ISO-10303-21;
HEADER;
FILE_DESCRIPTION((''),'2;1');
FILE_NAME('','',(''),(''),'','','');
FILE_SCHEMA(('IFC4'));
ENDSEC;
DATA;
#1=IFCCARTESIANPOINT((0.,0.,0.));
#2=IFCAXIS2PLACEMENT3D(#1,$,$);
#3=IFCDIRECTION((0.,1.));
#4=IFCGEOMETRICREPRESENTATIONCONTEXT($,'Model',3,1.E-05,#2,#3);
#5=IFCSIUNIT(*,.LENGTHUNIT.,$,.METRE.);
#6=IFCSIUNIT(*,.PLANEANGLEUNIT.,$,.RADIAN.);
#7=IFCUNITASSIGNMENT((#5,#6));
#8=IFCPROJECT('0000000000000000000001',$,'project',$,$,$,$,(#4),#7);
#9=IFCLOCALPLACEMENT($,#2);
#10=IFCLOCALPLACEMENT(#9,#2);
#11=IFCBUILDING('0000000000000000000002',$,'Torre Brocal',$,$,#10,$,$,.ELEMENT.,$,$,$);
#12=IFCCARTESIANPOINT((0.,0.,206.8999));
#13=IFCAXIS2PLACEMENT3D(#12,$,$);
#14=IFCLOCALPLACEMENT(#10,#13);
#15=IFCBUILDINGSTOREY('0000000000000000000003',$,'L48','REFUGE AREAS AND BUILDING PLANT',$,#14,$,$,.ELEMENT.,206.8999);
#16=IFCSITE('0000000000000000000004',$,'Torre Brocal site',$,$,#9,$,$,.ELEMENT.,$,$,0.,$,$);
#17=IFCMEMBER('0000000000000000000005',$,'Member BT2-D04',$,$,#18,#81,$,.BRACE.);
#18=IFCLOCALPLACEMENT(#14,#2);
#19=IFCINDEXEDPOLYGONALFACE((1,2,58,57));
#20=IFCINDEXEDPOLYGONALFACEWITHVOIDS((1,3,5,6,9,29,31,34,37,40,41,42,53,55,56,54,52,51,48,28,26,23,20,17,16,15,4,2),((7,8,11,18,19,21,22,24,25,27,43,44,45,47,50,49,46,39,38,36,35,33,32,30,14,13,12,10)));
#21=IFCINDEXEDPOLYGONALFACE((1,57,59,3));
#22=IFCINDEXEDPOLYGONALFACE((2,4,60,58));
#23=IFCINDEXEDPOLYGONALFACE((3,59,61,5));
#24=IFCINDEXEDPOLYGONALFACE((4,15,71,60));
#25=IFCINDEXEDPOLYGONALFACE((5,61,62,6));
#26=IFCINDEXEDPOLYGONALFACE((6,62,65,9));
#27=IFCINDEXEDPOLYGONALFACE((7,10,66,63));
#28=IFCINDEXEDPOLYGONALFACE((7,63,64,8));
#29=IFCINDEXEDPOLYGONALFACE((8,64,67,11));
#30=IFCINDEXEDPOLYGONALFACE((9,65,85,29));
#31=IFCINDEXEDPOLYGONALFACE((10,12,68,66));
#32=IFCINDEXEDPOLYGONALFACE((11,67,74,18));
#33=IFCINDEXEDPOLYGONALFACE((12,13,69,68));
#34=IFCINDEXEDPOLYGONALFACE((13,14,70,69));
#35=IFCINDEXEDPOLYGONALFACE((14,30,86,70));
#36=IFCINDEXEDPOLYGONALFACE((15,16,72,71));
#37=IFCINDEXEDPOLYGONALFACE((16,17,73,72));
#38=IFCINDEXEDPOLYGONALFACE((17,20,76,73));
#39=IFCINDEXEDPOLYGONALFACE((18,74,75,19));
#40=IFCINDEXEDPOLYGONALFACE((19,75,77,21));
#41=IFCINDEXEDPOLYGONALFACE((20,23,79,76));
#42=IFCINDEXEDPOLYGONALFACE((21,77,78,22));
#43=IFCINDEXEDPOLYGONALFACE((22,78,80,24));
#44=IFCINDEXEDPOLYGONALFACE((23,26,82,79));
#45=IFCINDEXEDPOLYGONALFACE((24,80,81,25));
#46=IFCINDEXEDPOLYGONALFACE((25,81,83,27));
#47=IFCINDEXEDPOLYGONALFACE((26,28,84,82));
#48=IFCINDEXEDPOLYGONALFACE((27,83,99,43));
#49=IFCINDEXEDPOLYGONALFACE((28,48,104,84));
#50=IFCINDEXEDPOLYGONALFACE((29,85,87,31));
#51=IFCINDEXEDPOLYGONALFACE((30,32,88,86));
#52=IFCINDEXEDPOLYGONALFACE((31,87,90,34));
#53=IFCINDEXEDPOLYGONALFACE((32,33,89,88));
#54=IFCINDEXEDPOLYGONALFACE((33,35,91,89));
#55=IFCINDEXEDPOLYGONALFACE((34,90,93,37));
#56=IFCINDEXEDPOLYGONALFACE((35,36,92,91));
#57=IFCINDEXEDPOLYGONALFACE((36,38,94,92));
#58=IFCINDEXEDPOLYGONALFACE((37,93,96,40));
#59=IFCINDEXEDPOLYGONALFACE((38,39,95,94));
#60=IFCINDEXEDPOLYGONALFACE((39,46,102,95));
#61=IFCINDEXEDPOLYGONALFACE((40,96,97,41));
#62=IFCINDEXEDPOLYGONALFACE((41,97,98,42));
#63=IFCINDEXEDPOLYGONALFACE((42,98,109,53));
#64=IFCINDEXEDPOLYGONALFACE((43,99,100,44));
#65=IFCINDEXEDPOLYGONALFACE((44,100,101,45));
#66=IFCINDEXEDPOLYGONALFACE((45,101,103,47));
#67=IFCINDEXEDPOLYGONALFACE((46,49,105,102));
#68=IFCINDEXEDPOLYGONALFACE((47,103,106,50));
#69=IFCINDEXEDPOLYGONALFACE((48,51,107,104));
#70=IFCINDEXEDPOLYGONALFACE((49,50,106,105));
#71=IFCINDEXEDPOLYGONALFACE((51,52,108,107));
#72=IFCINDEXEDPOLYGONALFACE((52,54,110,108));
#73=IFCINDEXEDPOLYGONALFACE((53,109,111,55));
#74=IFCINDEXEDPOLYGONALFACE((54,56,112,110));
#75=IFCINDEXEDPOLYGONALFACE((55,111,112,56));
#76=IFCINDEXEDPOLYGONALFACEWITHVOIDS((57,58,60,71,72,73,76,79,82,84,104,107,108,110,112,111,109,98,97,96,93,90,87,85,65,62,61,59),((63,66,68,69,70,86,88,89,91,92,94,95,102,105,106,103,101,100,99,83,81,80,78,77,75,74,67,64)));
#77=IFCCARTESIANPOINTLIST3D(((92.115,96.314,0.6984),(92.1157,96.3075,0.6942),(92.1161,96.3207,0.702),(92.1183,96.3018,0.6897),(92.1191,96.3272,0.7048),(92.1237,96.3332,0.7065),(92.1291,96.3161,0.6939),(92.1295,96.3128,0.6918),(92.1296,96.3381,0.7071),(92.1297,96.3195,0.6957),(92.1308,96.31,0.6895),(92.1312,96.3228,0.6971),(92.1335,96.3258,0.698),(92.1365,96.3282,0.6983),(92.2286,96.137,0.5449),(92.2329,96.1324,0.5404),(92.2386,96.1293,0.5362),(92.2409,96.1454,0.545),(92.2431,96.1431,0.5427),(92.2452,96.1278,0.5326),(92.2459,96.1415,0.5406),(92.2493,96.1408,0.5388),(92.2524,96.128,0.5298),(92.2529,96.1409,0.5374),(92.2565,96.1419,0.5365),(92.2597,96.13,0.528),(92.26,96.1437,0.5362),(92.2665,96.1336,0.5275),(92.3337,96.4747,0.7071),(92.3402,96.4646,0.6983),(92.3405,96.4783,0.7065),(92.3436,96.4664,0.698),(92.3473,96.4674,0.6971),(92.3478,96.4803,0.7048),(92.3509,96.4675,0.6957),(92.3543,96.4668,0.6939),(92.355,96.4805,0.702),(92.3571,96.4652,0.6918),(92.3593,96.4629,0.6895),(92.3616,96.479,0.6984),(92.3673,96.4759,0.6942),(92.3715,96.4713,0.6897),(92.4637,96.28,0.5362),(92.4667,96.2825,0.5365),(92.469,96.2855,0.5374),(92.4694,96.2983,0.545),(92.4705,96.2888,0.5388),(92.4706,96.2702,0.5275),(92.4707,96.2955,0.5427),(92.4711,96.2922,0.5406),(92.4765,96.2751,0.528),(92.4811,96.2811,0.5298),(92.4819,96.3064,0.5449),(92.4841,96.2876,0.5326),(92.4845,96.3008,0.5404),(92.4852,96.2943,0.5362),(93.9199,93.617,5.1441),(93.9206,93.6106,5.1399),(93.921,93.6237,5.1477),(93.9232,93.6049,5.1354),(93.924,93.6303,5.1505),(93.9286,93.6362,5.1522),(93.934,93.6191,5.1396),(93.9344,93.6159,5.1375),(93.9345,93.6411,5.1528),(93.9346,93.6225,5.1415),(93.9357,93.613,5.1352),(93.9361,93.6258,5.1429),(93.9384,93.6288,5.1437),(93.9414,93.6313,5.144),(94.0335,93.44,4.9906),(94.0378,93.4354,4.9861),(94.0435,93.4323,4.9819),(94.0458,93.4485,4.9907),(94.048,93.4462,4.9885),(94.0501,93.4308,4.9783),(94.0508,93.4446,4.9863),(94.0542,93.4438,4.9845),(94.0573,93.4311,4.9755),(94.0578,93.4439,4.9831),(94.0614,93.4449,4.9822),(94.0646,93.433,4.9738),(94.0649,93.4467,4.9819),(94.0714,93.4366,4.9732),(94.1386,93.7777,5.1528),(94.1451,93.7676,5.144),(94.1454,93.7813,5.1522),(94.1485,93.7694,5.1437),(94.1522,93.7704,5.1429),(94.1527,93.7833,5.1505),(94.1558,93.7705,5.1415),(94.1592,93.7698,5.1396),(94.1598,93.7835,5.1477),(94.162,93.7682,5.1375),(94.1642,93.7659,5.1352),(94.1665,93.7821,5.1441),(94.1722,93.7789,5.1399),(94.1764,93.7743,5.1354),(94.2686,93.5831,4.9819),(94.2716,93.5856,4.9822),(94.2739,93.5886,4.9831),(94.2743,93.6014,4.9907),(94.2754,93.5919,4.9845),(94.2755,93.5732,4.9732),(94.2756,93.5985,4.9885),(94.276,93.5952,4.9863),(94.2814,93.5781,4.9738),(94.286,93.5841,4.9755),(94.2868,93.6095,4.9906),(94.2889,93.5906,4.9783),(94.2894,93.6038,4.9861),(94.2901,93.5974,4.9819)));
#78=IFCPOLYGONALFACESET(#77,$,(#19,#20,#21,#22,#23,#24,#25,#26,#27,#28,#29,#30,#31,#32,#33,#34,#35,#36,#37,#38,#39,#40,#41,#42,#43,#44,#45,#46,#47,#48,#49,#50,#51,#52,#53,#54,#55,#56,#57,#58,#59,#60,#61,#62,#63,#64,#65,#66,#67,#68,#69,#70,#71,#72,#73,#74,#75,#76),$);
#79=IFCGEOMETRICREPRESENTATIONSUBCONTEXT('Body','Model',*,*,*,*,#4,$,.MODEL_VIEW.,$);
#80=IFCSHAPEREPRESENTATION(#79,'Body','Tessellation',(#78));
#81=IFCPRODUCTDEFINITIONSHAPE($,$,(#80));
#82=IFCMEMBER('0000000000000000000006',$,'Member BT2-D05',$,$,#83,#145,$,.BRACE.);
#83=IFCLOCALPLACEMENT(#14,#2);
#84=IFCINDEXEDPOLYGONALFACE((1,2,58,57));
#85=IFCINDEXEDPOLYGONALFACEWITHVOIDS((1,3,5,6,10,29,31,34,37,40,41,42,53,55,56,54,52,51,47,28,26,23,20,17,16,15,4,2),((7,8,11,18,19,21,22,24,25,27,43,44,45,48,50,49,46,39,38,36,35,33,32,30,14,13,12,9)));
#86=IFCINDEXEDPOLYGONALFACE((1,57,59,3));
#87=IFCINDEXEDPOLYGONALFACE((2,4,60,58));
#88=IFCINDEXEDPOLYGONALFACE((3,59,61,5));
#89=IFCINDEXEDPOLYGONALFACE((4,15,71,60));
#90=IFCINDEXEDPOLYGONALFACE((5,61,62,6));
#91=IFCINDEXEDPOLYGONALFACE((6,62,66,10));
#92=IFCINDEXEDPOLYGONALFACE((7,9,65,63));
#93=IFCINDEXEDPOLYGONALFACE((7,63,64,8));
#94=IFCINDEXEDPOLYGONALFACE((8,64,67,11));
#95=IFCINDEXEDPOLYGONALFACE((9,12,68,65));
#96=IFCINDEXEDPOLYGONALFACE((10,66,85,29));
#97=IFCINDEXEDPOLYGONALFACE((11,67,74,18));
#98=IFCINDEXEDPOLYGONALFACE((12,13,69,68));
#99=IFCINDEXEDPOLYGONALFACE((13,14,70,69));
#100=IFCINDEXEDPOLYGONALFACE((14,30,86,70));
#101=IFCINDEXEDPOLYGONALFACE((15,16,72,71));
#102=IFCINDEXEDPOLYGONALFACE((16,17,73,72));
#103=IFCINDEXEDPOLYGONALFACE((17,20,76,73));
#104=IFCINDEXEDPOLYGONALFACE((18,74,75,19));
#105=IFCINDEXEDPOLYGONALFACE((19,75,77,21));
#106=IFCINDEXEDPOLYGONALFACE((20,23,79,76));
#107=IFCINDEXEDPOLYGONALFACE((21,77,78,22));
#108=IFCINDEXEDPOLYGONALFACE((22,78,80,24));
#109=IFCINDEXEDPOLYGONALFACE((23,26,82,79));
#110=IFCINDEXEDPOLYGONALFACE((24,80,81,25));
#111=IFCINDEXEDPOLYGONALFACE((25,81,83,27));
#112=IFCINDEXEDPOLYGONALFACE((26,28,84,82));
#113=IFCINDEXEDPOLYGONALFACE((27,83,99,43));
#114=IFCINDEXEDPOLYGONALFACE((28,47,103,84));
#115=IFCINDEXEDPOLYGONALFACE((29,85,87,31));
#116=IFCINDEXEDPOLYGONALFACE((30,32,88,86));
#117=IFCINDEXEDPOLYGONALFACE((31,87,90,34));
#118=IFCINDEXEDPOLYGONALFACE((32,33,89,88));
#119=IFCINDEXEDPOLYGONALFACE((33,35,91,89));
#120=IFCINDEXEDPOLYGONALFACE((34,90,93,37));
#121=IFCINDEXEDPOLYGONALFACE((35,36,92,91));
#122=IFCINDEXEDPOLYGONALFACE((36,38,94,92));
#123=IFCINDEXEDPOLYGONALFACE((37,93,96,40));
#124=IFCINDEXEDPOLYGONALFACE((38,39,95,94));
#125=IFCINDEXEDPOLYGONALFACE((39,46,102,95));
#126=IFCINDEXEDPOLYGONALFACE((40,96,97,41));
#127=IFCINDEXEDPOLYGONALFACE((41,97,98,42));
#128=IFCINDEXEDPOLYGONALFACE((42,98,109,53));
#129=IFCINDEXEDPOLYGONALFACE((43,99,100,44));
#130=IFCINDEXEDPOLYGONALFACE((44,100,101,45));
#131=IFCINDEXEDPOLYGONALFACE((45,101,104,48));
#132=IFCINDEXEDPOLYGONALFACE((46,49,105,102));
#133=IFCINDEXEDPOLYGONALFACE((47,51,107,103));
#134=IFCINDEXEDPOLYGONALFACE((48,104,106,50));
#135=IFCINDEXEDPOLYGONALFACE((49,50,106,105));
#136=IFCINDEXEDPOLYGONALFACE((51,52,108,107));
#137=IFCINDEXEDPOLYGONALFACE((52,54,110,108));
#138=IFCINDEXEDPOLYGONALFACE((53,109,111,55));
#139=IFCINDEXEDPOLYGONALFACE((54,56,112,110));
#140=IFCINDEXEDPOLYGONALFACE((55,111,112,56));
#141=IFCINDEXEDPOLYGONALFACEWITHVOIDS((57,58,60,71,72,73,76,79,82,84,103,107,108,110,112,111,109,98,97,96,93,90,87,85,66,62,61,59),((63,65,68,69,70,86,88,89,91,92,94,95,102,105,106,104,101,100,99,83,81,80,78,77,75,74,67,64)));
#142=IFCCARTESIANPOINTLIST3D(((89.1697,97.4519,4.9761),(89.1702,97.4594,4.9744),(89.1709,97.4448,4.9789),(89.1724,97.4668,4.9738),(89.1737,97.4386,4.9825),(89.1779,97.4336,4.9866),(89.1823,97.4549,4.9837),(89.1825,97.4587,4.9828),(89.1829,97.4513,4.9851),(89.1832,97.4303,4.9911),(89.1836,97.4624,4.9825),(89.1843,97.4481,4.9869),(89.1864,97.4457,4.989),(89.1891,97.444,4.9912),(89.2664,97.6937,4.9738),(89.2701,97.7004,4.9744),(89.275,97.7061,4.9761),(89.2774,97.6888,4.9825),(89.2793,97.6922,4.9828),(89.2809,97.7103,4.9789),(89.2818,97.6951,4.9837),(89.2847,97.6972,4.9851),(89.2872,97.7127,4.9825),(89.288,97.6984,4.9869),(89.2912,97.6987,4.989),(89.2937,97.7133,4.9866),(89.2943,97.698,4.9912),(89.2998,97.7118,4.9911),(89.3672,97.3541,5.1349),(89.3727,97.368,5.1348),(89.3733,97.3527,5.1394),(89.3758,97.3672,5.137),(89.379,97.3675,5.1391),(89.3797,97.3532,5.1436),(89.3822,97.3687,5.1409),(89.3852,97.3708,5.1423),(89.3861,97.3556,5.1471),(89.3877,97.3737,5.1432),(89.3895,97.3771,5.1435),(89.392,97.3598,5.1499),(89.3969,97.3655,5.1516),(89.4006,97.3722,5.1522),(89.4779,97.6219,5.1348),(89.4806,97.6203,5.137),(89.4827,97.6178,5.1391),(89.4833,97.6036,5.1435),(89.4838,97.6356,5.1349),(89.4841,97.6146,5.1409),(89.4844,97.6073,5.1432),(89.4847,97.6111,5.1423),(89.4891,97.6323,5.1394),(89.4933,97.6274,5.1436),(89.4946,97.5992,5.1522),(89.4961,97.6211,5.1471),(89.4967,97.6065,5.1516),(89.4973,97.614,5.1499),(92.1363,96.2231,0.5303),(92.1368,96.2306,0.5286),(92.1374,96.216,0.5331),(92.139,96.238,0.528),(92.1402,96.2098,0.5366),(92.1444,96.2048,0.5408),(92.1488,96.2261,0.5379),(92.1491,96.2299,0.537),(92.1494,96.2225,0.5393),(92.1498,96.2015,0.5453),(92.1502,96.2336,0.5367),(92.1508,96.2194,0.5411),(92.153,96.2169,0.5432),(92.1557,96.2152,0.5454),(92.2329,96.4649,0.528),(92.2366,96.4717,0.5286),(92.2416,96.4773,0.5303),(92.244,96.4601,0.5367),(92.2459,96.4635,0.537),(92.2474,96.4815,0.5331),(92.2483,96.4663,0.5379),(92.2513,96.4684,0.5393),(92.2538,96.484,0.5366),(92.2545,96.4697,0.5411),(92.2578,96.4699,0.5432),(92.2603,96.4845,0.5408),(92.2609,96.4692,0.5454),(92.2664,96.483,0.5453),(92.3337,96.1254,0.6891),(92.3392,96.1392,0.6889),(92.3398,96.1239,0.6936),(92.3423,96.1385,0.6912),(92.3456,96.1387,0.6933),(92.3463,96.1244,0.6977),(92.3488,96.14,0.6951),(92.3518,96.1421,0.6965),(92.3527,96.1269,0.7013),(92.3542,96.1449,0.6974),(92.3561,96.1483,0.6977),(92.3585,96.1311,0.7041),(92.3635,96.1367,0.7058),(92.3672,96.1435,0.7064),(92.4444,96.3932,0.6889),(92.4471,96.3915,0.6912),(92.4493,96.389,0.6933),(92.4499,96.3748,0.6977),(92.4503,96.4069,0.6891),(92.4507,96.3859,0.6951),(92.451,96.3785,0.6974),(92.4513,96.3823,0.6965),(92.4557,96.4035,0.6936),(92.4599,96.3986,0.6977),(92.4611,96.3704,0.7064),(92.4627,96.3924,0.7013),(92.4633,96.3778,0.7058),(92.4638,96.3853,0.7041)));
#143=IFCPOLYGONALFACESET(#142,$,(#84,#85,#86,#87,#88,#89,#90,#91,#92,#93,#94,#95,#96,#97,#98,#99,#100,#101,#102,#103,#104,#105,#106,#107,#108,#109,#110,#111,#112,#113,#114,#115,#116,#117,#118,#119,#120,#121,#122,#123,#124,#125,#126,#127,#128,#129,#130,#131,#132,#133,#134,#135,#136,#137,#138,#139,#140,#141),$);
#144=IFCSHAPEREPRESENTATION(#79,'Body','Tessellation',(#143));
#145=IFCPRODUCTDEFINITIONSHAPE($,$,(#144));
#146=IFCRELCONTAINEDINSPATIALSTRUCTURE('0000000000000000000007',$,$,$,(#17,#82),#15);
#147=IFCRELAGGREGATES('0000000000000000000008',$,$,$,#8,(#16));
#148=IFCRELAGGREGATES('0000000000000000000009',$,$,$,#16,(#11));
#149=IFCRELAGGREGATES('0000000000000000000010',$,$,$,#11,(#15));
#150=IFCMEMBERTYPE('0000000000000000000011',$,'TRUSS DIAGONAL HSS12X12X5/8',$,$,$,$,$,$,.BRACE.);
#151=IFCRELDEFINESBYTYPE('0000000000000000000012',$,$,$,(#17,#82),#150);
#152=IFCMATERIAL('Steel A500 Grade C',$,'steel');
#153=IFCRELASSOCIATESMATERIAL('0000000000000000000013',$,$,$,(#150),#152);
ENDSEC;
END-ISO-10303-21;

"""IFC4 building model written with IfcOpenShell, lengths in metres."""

from ifc_helpers import new_model, si_unit, direction, frame, origin, origin_2d, place, context, subcontext, project, spatial, hollow_rectangle, extrude, material, material_profile, profile_set, type_object, element, save


model = new_model("IFC4")

# Units and contexts
model_context = context("Model", 3, precision=1e-05, world=origin(), true_north=direction((0.0, 1.0)))
body_context = subcontext(model_context, "Body", "Model", "MODEL_VIEW")
ifc_project = project(units=[si_unit("LENGTHUNIT", "METRE"), si_unit("PLANEANGLEUNIT", "RADIAN")], contexts=[model_context])

# Site, building, storey
site_placement = place(None, origin())
site = spatial("IfcSite", under=ifc_project, at=site_placement, Name="Torre Brocal site", CompositionType="ELEMENT", RefElevation=0.0)
building_placement = place(site_placement, origin())
building = spatial("IfcBuilding", under=site, at=building_placement, Name="Torre Brocal", CompositionType="ELEMENT")
storey_placement = place(building_placement, frame((0.0, 0.0, 206.8999)))
storey = spatial("IfcBuildingStorey", under=building, at=storey_placement, Name="L48", Description="REFUGE AREAS AND BUILDING PLANT", CompositionType="ELEMENT", Elevation=206.8999)

# Members
ifc_material_1 = material(Name="Steel A500 Grade C", Category="steel")
ifc_material_profile_1 = material_profile(ifc_material_1, hollow_rectangle(XDim=0.3047, YDim=0.3047, WallThickness=0.0149, InnerFilletRadius=0.0149, OuterFilletRadius=0.0295, at=origin_2d()), Name="HSS12X12X5/8")
ifc_profile_set_1 = profile_set([ifc_material_profile_1], Name="Steel A500 Grade C")
member_type_1 = type_object("IfcMemberType", Name="TRUSS DIAGONAL HSS12X12X5/8", PredefinedType="BRACE", material=ifc_profile_set_1)
member_1_placement = place(storey_placement, frame((94.105, 93.6072, 5.063), z_axis=(-0.327916, 0.489988, -0.807702), x_axis=(-0.831065, -0.556175, 0.0)))
element("IfcMember", 1, at=member_1_placement, inside=storey, type_object=member_type_1, Name="Member BT2-D04", PredefinedType="BRACE", context=body_context, shape_type="SweptSolid", body=[
    extrude(hollow_rectangle(XDim=0.3047, YDim=0.3047, WallThickness=0.0149, InnerFilletRadius=0.0149, OuterFilletRadius=0.0295, at=origin_2d()), origin(), (0.0, 0.0, 1.0), 5.5042),
])
member_2_placement = place(storey_placement, frame((92.3, 96.3042, 0.6172), z_axis=(-0.540936, 0.224058, 0.81067), x_axis=(-0.382676, -0.923882, 0.0)))
element("IfcMember", 2, at=member_2_placement, inside=storey, type_object=member_type_1, Name="Member BT2-D05", PredefinedType="BRACE", context=body_context, shape_type="SweptSolid", body=[
    extrude(hollow_rectangle(XDim=0.3047, YDim=0.3047, WallThickness=0.0149, InnerFilletRadius=0.0149, OuterFilletRadius=0.0295, at=origin_2d()), origin(), (0.0, 0.0, 1.0), 5.4841),
])

save(model, "model.ifc")
